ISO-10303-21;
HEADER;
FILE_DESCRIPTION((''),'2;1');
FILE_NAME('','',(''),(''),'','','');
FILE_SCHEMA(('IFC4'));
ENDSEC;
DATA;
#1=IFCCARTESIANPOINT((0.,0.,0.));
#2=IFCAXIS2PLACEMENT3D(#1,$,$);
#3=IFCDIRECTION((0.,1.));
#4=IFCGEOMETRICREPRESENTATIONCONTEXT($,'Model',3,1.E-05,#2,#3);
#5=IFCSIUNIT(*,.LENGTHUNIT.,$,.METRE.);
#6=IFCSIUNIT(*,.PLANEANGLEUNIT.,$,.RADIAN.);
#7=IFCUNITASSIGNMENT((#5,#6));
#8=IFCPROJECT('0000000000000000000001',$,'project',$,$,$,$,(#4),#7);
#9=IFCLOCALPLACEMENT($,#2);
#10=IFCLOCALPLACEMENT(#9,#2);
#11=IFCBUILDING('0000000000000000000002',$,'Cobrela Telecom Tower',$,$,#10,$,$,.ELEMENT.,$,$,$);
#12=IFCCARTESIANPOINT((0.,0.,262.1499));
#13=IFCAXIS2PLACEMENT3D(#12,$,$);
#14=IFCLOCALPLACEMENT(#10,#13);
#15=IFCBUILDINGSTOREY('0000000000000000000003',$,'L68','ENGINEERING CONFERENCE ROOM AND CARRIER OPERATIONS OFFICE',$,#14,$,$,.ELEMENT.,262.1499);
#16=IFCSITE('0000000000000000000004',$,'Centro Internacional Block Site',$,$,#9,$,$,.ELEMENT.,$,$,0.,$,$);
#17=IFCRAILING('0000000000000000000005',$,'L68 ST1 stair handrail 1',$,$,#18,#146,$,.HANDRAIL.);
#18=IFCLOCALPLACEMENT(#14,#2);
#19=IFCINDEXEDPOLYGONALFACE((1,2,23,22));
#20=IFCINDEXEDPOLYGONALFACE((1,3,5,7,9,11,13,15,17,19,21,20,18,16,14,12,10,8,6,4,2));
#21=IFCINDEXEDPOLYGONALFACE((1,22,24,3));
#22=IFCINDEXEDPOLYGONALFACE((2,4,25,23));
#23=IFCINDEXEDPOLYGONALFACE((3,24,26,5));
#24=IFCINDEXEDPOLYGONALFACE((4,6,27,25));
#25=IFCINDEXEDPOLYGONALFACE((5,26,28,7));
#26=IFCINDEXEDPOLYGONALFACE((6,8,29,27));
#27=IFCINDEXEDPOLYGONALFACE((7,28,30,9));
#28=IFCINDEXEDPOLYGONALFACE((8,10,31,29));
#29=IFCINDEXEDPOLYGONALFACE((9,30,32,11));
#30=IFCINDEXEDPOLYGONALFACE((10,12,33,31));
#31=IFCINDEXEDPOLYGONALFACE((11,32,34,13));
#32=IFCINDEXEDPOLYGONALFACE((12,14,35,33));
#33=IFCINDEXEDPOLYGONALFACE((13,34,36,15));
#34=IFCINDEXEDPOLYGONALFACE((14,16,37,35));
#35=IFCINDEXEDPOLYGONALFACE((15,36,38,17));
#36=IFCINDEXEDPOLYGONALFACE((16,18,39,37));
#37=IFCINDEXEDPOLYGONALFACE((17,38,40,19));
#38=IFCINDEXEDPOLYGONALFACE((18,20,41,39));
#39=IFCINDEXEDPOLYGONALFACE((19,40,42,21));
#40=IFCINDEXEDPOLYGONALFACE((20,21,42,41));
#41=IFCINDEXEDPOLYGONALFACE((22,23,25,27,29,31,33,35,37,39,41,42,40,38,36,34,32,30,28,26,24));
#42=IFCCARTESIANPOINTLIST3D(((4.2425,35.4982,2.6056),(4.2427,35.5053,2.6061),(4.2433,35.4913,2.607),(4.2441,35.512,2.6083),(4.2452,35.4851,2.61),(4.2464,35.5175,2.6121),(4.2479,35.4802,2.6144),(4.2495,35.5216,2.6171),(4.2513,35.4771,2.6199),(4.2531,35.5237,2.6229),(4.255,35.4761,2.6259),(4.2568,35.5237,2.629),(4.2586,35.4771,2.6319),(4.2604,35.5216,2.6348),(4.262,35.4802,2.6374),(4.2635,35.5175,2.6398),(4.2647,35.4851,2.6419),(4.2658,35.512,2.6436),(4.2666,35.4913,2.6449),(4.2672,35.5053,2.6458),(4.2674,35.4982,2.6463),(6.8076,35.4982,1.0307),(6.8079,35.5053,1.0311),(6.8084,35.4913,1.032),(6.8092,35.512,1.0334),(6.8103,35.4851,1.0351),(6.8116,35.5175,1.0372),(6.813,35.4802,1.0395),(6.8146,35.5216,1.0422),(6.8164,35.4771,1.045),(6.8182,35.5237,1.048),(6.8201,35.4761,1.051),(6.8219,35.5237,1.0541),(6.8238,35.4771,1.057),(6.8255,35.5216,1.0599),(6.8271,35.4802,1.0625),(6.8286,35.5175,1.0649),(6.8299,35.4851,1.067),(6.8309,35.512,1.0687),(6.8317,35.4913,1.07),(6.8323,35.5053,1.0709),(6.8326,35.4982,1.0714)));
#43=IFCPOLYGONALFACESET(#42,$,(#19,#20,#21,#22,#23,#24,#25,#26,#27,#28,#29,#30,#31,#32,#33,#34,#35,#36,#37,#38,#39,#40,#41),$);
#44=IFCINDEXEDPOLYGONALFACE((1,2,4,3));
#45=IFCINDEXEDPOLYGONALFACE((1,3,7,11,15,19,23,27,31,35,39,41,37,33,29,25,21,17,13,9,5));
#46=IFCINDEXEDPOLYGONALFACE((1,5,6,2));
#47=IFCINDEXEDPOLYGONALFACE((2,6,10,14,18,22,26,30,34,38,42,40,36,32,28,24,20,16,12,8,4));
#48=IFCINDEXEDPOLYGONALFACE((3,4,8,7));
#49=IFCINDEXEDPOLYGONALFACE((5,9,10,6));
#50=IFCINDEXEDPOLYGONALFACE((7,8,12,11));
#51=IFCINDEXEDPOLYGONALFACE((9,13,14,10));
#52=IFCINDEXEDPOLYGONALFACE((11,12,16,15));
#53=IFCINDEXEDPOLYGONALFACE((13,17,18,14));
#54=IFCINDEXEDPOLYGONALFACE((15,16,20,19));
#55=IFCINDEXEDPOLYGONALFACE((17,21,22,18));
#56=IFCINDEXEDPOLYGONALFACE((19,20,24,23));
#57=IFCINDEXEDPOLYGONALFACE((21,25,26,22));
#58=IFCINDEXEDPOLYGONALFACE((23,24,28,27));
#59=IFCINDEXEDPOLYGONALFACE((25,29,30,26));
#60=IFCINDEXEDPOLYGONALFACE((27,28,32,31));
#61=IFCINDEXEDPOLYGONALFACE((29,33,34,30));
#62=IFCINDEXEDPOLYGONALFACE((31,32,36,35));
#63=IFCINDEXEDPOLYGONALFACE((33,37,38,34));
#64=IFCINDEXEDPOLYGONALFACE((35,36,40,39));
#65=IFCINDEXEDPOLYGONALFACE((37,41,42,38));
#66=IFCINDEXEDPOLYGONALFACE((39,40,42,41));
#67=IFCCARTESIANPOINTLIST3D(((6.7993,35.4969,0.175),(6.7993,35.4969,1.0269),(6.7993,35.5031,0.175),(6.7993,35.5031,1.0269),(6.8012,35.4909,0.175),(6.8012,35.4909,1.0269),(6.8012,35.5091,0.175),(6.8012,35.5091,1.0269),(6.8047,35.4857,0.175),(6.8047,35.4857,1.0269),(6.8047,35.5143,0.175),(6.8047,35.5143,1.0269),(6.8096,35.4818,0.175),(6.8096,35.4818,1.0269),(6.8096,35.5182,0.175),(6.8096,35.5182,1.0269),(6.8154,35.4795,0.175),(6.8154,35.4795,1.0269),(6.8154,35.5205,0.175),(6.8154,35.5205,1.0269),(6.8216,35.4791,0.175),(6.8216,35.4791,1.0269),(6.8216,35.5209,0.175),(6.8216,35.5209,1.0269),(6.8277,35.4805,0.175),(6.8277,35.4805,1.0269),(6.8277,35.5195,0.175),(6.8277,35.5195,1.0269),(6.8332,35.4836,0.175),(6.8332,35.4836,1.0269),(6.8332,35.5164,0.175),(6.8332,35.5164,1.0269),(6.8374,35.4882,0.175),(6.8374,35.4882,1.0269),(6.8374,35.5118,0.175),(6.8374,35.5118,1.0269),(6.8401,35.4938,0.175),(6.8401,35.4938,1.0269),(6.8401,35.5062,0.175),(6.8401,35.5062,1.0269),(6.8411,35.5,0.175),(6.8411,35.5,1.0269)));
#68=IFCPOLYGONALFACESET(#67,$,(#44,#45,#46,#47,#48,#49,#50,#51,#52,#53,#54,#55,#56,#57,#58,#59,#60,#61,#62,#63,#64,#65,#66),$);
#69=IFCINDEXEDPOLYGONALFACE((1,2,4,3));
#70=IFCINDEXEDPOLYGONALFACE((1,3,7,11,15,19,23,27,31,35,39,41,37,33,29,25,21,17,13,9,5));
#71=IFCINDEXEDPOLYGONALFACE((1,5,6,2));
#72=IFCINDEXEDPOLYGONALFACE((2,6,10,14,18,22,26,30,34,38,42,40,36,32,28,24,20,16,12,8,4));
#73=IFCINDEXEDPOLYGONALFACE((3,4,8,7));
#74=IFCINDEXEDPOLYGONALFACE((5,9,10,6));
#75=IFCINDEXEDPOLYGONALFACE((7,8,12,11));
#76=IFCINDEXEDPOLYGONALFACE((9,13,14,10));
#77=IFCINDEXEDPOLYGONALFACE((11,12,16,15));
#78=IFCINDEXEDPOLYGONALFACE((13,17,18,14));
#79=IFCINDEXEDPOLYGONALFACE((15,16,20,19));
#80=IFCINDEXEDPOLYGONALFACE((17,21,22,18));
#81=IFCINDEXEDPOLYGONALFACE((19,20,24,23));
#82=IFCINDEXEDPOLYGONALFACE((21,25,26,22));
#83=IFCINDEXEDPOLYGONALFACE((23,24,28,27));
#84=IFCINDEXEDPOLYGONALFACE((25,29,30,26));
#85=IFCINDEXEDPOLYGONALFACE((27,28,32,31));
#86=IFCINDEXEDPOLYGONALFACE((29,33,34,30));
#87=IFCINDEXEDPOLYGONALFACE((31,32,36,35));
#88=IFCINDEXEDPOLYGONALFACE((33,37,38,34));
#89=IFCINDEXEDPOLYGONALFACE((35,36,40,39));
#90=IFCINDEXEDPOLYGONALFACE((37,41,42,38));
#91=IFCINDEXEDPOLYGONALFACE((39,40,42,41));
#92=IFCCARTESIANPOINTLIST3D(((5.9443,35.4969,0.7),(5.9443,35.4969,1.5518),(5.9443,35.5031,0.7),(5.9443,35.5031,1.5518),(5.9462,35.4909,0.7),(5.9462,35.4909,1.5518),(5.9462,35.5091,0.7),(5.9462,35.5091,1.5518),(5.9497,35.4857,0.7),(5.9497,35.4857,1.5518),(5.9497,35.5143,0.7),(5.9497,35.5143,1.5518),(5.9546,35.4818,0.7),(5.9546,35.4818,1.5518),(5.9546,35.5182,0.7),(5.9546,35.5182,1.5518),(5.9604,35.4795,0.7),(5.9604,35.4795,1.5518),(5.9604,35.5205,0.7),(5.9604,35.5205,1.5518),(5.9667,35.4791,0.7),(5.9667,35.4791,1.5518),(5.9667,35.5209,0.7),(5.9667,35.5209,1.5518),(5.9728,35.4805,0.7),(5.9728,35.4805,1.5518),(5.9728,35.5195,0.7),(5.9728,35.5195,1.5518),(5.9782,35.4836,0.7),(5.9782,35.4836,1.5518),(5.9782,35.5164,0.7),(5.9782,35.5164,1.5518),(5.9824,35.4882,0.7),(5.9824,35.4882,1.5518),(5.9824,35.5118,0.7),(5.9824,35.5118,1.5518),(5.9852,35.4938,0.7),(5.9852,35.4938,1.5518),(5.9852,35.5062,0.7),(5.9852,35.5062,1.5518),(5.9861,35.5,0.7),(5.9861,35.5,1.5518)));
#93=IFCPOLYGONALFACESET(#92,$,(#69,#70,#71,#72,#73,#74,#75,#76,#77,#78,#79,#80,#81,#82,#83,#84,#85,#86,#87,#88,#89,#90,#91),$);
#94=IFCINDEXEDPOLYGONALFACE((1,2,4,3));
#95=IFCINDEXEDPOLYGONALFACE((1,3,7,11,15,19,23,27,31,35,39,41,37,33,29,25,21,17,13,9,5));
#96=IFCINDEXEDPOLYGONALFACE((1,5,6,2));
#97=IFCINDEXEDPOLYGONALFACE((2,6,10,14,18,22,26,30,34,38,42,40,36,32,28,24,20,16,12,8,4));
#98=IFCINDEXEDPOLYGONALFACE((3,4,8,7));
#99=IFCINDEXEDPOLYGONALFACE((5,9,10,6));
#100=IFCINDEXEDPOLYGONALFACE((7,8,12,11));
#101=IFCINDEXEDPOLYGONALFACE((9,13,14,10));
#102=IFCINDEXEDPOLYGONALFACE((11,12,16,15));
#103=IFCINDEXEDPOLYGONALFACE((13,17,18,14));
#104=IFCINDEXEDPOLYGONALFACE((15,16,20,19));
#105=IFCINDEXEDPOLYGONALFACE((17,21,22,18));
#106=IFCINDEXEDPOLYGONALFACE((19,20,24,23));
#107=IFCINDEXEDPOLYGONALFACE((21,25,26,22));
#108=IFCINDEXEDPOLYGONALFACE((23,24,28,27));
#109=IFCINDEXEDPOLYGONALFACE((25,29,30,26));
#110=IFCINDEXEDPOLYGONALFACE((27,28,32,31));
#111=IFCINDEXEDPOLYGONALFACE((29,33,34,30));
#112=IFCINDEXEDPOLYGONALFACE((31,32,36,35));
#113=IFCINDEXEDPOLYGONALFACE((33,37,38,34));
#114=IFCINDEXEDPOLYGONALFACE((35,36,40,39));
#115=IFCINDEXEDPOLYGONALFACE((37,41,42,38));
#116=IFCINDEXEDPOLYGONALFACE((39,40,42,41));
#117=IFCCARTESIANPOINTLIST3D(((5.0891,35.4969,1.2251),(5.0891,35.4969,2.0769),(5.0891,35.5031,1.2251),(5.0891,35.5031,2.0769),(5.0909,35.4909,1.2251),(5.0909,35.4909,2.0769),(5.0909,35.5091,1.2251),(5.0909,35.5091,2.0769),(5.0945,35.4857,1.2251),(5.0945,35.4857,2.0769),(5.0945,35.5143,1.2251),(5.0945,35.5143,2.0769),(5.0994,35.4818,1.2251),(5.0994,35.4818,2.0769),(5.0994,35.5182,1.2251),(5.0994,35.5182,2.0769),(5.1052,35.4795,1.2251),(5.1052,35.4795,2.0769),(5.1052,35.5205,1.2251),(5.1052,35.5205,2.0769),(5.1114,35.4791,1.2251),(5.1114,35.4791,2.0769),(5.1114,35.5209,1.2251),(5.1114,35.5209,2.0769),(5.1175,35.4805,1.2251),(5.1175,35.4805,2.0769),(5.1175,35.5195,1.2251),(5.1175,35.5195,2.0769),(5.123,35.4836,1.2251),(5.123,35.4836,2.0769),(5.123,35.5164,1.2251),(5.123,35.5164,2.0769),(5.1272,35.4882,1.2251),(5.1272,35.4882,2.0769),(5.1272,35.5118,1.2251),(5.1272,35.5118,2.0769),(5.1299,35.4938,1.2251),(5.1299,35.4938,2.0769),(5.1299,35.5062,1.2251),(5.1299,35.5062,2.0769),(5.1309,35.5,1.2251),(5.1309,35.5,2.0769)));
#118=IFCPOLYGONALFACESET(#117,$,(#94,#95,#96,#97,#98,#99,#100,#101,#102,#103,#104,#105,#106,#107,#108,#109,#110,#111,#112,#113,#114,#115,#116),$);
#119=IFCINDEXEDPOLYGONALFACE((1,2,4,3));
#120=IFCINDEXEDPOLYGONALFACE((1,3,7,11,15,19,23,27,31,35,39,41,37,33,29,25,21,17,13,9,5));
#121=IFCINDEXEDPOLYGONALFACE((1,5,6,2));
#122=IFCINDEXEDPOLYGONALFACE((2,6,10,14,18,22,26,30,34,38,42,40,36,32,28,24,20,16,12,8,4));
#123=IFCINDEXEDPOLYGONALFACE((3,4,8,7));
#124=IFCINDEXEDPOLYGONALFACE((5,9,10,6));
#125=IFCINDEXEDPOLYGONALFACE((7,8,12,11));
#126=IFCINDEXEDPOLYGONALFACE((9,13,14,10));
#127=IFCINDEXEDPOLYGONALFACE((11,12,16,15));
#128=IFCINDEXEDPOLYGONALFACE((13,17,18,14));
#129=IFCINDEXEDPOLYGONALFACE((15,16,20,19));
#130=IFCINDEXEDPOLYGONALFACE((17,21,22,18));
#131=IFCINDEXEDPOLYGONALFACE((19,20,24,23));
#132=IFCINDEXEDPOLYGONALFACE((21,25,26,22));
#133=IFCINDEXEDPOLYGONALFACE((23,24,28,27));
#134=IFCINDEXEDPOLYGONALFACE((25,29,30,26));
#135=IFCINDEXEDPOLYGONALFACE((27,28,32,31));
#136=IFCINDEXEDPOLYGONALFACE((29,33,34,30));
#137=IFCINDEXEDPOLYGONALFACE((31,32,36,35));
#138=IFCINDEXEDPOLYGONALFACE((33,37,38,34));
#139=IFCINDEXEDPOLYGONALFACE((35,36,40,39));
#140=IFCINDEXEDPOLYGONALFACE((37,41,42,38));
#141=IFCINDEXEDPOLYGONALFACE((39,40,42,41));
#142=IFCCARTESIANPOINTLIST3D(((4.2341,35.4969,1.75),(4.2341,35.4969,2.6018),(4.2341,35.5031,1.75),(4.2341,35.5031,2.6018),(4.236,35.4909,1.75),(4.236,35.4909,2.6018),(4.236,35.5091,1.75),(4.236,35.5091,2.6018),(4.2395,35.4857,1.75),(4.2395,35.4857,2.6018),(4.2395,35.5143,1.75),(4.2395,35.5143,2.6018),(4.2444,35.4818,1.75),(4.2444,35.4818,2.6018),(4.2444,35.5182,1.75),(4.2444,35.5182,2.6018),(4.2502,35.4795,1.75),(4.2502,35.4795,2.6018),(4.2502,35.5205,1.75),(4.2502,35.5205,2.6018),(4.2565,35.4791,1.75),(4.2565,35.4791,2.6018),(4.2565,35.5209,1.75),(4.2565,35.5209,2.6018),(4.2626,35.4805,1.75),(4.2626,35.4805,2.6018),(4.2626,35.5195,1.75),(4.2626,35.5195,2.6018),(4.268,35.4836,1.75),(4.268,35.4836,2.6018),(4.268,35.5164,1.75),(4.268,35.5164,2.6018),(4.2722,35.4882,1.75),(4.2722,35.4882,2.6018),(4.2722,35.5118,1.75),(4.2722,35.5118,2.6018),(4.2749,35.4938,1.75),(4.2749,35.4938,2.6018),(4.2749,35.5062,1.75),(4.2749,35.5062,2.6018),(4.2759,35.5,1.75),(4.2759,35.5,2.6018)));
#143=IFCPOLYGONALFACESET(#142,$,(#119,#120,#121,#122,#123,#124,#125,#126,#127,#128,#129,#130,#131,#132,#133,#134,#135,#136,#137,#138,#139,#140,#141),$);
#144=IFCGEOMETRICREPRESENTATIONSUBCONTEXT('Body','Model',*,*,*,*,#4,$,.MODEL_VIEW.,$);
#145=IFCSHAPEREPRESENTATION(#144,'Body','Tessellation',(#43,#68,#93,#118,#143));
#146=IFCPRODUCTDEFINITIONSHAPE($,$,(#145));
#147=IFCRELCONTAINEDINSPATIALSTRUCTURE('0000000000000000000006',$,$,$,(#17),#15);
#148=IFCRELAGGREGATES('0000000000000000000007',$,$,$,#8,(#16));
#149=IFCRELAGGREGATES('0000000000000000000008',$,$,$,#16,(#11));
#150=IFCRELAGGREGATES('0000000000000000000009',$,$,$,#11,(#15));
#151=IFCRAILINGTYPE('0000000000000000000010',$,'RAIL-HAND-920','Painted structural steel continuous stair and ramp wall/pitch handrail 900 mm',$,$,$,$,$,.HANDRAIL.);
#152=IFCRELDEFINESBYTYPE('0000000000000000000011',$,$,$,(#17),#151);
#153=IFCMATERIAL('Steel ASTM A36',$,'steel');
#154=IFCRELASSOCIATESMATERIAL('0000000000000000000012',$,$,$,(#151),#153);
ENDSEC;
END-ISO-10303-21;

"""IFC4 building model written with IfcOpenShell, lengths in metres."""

from ifc_helpers import new_model, si_unit, direction, frame, origin, origin_2d, place, context, subcontext, project, spatial, circle, extrude, material, type_object, element, save


model = new_model("IFC4")

# Units and contexts
model_context = context("Model", 3, precision=1e-05, world=origin(), true_north=direction((0.0, 1.0)))
body_context = subcontext(model_context, "Body", "Model", "MODEL_VIEW")
ifc_project = project(units=[si_unit("LENGTHUNIT", "METRE"), si_unit("PLANEANGLEUNIT", "RADIAN")], contexts=[model_context])

# Site, building, storey
site_placement = place(None, origin())
site = spatial("IfcSite", under=ifc_project, at=site_placement, Name="Centro Internacional Block Site", CompositionType="ELEMENT", RefElevation=0.0)
building_placement = place(site_placement, origin())
building = spatial("IfcBuilding", under=site, at=building_placement, Name="Cobrela Telecom Tower", CompositionType="ELEMENT")
storey_placement = place(building_placement, frame((0.0, 0.0, 262.1499)))
storey = spatial("IfcBuildingStorey", under=building, at=storey_placement, Name="L68", Description="ENGINEERING CONFERENCE ROOM AND CARRIER OPERATIONS OFFICE", CompositionType="ELEMENT", Elevation=262.1499)

# Shared definitions
ifc_material_1 = material(Name="Steel ASTM A36", Category="steel")

# Railing
railing_type_1 = type_object("IfcRailingType", Name="RAIL-HAND-920", Description="Painted structural steel continuous stair and ramp wall/pitch handrail 900 mm", PredefinedType="HANDRAIL", material=ifc_material_1)
railing_1_placement = place(storey_placement, frame((6.8201, 35.5, 0.175)))
element("IfcRailing", 1, at=railing_1_placement, inside=storey, type_object=railing_type_1, Name="L68 ST1 stair handrail 1", PredefinedType="HANDRAIL", context=body_context, shape_type="SweptSolid", body=[
    extrude(circle(Radius=0.0239, at=origin_2d()), frame((0.0, 0.0, 0.876), z_axis=(-0.852195, 0.0, 0.523224), x_axis=(0.0, -1.0, 0.0)), (0.0, 0.0, 1.0), 3.01),
    extrude(circle(Radius=0.021, at=origin_2d()), origin(), (0.0, 0.0, 1.0), 0.8518),
    extrude(circle(Radius=0.021, at=origin_2d()), frame((-0.855, 0.0, 0.5249)), (0.0, 0.0, 1.0), 0.8518),
    extrude(circle(Radius=0.021, at=origin_2d()), frame((-1.7102, 0.0, 1.05)), (0.0, 0.0, 1.0), 0.8518),
    extrude(circle(Radius=0.021, at=origin_2d()), frame((-2.5652, 0.0, 1.575)), (0.0, 0.0, 1.0), 0.8518),
])

save(model, "model.ifc")
